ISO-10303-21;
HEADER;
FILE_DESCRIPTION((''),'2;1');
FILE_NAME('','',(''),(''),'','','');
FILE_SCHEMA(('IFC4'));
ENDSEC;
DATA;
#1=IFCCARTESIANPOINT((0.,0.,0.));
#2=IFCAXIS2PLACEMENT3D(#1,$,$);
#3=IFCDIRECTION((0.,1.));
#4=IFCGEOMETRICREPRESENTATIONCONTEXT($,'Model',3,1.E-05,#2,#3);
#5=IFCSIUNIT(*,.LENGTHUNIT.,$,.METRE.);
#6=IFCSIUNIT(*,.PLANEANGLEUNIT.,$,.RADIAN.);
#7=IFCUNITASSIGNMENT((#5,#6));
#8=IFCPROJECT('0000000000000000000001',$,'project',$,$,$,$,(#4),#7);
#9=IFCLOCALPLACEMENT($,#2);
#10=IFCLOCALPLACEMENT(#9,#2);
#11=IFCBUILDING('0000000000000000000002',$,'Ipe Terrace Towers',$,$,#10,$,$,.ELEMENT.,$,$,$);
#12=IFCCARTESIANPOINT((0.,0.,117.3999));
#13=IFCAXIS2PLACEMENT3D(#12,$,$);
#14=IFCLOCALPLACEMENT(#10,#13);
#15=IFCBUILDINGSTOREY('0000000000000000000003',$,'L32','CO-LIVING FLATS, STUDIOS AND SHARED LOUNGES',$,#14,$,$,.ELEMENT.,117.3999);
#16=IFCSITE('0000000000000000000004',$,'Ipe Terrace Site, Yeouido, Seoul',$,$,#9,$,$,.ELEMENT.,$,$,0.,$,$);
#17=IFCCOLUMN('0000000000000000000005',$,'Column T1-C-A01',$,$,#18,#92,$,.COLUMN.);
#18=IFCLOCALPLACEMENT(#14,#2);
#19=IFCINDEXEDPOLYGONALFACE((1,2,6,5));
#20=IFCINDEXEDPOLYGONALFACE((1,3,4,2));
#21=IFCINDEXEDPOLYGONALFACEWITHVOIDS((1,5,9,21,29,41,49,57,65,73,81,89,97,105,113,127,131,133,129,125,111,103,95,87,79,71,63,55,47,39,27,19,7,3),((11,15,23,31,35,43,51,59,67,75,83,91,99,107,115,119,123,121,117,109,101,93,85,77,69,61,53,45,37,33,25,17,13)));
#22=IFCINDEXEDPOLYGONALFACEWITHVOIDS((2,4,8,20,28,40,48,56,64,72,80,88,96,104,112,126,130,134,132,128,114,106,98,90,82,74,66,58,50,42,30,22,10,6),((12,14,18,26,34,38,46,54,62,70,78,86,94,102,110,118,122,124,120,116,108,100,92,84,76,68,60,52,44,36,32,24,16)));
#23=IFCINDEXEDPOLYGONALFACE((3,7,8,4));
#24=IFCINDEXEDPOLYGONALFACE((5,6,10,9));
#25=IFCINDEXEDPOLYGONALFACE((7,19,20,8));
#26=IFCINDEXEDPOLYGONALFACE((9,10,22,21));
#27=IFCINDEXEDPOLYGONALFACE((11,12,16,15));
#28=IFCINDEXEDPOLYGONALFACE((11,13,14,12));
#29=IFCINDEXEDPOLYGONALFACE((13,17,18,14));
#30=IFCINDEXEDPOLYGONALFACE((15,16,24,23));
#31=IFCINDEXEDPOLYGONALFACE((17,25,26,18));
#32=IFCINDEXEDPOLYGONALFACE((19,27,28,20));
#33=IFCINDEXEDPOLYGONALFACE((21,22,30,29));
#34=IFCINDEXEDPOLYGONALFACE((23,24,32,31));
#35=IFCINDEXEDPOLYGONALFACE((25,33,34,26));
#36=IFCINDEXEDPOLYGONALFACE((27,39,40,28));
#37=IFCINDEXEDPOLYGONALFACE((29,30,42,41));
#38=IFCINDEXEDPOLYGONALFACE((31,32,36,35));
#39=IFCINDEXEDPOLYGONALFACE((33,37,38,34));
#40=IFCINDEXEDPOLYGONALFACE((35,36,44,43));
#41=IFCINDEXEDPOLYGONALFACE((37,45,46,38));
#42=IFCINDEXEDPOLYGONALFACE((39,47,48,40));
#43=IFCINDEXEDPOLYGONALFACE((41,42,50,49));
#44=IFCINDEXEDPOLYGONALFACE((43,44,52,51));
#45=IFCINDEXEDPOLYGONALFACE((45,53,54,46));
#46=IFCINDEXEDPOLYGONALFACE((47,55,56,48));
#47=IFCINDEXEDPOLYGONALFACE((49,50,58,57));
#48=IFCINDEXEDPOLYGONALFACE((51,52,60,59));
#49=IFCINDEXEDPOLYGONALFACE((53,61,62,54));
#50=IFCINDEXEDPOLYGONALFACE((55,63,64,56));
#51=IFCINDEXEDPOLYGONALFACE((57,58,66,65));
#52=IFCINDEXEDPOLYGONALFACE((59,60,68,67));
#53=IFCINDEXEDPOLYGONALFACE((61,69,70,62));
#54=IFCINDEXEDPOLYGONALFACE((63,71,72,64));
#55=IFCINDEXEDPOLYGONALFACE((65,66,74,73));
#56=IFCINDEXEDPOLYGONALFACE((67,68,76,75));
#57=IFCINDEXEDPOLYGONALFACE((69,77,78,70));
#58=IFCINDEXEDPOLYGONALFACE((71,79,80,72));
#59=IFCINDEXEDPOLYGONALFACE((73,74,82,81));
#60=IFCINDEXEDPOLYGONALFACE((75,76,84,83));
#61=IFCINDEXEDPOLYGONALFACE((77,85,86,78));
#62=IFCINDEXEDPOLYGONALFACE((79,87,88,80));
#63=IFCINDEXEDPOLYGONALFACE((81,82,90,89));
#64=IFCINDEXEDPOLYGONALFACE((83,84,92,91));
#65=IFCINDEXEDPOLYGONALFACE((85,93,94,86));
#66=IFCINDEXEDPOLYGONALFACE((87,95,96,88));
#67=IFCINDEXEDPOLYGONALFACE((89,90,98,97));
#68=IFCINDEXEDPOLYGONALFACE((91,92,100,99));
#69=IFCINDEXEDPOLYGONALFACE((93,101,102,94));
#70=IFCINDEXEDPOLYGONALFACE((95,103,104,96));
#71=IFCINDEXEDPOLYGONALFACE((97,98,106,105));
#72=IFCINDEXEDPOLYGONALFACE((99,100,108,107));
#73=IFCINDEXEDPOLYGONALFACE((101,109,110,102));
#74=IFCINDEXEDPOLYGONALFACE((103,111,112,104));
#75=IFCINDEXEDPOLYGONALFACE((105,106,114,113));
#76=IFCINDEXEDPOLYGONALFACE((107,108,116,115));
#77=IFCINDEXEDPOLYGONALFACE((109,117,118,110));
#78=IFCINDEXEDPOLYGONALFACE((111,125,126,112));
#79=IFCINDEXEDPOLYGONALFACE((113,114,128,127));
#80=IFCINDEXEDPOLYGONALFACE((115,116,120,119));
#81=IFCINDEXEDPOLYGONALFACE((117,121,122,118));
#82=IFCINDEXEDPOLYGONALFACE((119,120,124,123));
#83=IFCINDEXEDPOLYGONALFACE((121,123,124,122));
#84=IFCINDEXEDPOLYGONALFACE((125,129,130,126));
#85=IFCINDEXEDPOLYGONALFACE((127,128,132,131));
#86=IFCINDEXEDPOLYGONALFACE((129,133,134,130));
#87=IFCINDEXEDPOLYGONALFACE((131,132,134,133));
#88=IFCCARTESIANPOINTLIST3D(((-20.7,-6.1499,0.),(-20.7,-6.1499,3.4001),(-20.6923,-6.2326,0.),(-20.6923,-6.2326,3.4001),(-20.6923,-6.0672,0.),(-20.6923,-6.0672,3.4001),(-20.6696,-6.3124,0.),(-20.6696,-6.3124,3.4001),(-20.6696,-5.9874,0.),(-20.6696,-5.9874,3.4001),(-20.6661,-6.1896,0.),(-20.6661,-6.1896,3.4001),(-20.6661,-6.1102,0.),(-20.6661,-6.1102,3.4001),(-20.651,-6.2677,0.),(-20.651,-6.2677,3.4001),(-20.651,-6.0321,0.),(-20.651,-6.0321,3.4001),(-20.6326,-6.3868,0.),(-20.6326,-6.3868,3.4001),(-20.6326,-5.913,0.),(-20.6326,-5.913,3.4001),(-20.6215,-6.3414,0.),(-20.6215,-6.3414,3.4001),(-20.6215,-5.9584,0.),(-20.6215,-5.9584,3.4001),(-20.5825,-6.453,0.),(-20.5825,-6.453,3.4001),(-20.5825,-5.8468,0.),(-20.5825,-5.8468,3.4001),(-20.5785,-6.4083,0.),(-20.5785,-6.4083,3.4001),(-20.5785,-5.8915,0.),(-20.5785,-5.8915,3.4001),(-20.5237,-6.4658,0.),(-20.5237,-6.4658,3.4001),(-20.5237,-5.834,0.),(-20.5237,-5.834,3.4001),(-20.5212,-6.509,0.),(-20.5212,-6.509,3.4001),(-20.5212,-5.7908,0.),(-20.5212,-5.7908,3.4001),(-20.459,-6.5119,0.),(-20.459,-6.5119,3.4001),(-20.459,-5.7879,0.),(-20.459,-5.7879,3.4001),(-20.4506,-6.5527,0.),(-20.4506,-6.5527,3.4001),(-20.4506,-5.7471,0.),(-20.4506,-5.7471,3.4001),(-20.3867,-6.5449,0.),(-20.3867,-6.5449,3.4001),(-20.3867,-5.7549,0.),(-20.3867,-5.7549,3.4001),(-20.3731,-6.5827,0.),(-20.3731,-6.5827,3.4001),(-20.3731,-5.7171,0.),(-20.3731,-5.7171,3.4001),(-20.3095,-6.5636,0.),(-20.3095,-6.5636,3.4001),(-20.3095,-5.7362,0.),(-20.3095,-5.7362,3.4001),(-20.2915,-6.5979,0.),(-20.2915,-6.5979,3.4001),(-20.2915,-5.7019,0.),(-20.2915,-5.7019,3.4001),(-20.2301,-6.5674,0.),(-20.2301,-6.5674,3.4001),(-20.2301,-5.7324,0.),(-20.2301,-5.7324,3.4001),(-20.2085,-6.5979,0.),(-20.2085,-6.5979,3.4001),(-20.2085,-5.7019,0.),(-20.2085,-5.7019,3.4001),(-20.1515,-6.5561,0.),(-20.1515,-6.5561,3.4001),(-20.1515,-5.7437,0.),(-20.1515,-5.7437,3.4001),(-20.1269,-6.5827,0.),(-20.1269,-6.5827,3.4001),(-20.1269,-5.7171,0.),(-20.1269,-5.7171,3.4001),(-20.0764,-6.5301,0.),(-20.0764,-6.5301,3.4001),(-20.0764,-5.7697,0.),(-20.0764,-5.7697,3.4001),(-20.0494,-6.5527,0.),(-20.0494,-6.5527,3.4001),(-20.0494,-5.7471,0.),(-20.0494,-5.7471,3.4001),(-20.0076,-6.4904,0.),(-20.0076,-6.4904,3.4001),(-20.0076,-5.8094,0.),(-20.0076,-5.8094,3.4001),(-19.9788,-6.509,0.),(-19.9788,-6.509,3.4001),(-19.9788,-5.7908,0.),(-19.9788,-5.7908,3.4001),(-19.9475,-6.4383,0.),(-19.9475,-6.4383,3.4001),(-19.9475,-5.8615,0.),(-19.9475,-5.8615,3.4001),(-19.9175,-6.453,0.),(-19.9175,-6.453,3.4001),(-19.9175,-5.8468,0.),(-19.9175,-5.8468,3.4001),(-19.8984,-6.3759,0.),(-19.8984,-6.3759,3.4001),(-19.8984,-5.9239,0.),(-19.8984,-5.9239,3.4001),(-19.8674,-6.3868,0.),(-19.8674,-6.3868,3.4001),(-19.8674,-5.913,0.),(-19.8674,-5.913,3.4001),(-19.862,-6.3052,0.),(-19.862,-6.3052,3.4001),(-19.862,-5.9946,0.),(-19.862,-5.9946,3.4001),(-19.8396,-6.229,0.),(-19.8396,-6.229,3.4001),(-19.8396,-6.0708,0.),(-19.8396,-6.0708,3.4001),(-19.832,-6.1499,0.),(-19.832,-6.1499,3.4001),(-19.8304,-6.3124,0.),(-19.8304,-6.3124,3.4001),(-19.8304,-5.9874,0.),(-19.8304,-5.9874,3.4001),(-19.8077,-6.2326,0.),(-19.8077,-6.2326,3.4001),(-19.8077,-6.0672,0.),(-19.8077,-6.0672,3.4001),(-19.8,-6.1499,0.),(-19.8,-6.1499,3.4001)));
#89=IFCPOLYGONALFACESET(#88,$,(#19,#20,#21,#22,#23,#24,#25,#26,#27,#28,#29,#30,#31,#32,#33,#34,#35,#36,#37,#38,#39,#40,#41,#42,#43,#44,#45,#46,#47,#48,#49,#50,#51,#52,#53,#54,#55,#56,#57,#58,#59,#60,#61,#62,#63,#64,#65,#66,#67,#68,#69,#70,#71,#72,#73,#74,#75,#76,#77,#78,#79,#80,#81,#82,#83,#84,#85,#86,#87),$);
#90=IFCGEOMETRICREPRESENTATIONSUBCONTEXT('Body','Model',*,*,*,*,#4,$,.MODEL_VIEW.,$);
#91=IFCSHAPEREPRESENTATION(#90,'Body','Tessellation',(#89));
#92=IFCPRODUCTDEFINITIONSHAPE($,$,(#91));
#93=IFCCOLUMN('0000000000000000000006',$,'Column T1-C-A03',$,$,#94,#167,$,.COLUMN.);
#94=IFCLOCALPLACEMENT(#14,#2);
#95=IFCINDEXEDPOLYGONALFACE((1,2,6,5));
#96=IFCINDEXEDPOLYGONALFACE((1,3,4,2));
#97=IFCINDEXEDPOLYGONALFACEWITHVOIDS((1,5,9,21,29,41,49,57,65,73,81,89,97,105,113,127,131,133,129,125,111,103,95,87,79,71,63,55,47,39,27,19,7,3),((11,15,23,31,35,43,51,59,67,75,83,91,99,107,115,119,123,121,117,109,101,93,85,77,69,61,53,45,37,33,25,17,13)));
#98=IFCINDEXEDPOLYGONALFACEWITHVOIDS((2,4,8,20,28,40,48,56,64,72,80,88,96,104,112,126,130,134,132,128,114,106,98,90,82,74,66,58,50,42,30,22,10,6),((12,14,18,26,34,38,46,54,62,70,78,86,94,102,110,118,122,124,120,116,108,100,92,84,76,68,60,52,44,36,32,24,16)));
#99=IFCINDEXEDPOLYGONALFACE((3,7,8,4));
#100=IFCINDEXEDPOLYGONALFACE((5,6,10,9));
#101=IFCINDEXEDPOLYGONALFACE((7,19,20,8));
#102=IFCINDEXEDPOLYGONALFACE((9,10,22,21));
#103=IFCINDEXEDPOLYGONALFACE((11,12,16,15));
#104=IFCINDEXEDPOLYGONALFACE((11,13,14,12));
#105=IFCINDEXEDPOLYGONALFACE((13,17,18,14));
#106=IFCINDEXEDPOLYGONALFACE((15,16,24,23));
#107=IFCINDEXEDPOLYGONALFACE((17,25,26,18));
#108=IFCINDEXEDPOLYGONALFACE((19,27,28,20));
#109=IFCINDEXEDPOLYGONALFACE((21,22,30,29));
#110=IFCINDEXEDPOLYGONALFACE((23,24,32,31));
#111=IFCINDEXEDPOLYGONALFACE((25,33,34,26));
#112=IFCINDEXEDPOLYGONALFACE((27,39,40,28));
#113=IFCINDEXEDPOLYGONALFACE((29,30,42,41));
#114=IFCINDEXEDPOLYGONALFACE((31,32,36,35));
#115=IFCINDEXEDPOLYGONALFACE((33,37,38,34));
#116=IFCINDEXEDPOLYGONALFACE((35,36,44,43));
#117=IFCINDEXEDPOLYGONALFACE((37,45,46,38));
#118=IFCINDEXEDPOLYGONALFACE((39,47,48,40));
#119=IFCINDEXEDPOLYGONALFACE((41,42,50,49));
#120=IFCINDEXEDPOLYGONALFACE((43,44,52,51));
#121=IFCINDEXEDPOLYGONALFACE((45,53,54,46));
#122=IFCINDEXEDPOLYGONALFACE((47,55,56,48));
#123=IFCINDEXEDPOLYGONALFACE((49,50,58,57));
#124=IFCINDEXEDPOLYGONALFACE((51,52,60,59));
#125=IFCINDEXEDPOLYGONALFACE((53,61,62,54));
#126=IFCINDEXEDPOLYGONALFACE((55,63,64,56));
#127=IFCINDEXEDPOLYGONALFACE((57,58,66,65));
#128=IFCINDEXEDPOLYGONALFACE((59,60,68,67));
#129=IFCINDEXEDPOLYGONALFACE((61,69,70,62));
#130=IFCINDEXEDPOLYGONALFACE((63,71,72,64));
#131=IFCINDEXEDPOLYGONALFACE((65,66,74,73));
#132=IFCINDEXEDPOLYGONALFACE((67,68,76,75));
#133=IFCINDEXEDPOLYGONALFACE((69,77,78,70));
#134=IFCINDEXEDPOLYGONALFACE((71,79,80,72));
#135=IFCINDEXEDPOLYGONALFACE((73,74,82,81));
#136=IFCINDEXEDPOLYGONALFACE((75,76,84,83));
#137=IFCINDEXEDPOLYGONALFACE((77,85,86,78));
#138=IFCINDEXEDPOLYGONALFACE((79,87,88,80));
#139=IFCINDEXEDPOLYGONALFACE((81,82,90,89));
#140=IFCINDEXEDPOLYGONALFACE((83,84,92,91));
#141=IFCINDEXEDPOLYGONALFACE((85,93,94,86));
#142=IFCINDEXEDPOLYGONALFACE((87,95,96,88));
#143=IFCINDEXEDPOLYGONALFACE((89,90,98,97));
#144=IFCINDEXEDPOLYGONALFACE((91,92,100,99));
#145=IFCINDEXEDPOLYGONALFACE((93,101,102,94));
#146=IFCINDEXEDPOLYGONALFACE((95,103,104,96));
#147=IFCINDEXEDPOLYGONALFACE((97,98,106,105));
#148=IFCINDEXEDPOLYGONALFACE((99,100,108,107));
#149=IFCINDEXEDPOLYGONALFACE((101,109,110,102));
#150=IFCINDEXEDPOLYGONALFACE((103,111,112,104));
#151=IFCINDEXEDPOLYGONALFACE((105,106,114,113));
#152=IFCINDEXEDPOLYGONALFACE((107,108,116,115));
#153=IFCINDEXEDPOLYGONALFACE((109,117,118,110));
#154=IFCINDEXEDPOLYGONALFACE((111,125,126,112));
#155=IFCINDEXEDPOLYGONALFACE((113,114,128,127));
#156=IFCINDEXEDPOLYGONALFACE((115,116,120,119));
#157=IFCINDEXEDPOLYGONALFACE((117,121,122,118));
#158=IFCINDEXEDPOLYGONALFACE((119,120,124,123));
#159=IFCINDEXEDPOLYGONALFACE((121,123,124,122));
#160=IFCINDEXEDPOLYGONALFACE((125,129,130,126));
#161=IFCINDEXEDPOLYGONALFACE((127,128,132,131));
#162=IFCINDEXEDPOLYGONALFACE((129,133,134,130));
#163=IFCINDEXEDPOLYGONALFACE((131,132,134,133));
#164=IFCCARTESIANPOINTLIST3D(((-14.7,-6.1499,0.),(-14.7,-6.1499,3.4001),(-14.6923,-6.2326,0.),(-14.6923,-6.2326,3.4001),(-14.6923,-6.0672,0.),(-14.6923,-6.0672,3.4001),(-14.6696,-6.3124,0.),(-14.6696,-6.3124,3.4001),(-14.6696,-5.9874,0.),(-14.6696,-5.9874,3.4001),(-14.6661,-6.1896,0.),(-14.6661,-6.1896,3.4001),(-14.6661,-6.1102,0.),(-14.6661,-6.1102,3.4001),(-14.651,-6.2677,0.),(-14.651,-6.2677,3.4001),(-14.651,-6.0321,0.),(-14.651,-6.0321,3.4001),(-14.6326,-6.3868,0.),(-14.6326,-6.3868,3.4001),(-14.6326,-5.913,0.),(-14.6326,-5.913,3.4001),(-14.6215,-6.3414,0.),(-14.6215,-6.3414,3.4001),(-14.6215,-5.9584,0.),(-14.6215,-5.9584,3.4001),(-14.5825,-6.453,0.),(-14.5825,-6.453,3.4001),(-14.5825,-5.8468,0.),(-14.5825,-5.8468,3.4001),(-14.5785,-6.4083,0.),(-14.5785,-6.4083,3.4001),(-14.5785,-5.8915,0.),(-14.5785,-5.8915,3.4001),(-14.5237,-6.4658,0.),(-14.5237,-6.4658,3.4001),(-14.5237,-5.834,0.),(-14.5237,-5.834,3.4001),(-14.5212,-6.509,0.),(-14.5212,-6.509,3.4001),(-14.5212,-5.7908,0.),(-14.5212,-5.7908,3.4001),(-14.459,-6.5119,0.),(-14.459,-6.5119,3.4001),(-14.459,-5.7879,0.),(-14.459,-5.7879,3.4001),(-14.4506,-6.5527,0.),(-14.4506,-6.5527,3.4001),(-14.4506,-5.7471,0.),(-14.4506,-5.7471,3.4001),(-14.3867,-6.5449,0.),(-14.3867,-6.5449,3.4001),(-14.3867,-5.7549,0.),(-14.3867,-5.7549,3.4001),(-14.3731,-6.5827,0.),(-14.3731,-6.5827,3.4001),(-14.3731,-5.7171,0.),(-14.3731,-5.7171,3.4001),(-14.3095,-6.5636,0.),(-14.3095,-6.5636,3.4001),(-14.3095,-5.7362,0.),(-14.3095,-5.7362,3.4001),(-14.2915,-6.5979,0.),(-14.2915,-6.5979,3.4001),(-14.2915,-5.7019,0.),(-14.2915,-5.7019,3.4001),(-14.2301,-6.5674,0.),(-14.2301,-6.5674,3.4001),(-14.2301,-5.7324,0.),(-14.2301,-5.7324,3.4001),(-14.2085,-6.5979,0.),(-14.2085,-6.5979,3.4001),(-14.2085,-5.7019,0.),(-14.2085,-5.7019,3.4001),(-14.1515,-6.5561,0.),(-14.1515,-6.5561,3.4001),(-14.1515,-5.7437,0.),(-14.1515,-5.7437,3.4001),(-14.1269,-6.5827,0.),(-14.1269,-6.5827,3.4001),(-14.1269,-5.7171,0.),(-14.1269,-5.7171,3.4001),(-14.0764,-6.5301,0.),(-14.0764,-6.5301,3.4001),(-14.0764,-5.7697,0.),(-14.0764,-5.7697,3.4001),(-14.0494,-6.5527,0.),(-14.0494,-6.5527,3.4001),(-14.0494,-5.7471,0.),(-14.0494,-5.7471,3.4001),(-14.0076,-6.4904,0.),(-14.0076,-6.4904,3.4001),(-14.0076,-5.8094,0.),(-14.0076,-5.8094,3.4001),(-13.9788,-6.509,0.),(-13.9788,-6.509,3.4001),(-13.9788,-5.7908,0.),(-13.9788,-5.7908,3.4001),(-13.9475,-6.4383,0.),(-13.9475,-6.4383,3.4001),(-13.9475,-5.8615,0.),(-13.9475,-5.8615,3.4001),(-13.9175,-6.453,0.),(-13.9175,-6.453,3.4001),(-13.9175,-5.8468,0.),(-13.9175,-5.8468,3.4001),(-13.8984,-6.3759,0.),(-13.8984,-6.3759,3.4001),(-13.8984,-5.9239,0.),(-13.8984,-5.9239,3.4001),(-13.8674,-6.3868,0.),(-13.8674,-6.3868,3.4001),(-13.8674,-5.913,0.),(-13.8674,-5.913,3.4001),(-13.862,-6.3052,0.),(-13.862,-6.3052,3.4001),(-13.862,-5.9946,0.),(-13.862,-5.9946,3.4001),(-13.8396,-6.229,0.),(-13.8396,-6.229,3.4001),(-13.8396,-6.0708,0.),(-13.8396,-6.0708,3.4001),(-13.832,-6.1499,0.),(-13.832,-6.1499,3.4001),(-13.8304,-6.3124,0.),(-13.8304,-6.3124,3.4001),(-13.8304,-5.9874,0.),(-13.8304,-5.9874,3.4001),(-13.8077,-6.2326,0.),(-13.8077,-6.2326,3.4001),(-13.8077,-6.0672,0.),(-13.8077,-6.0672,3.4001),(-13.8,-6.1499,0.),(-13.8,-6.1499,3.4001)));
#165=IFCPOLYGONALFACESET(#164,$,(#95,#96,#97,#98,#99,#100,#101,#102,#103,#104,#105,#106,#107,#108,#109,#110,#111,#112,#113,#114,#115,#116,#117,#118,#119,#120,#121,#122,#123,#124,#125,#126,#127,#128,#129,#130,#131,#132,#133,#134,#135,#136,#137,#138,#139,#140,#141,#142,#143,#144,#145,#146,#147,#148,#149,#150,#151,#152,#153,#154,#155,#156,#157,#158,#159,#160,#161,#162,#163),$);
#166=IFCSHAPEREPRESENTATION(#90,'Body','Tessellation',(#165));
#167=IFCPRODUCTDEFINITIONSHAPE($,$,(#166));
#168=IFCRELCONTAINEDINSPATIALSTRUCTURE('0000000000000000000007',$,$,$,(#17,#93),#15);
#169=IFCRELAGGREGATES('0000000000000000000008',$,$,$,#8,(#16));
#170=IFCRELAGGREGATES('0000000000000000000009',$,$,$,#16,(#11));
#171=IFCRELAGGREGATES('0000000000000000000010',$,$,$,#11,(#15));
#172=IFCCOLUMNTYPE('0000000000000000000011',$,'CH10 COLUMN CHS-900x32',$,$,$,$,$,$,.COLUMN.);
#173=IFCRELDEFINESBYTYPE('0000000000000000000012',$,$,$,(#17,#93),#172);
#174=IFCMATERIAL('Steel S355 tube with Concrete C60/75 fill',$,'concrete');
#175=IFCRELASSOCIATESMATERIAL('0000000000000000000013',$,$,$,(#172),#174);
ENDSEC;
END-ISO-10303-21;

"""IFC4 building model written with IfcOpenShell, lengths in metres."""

from ifc_helpers import new_model, si_unit, direction, frame, origin, origin_2d, place, context, subcontext, project, spatial, hollow_circle, extrude, material, material_profile, profile_set, type_object, element, save


model = new_model("IFC4")

# Units and contexts
model_context = context("Model", 3, precision=1e-05, world=origin(), true_north=direction((0.0, 1.0)))
body_context = subcontext(model_context, "Body", "Model", "MODEL_VIEW")
ifc_project = project(units=[si_unit("LENGTHUNIT", "METRE"), si_unit("PLANEANGLEUNIT", "RADIAN")], contexts=[model_context])

# Site, building, storey
site_placement = place(None, origin())
site = spatial("IfcSite", under=ifc_project, at=site_placement, Name="Ipe Terrace Site, Yeouido, Seoul", CompositionType="ELEMENT", RefElevation=0.0)
building_placement = place(site_placement, origin())
building = spatial("IfcBuilding", under=site, at=building_placement, Name="Ipe Terrace Towers", CompositionType="ELEMENT")
storey_placement = place(building_placement, frame((0.0, 0.0, 117.3999)))
storey = spatial("IfcBuildingStorey", under=building, at=storey_placement, Name="L32", Description="CO-LIVING FLATS, STUDIOS AND SHARED LOUNGES", CompositionType="ELEMENT", Elevation=117.3999)

# Columns
ifc_material_1 = material(Name="Steel S355 tube with Concrete C60/75 fill", Category="concrete")
ifc_material_profile_1 = material_profile(ifc_material_1, hollow_circle(Radius=0.45, WallThickness=0.032, at=origin_2d()), Name="CHS-900x32")
ifc_profile_set_1 = profile_set([ifc_material_profile_1], Name="Steel S355 tube with Concrete C60/75 fill")
column_type = type_object("IfcColumnType", Name="CH10 COLUMN CHS-900x32", PredefinedType="COLUMN", material=ifc_profile_set_1)
for number, where, z_axis, x_axis, name in (
    (1, (-20.25, -6.1499, 0.0), (0.0, 0.0, 1.0), (1.0, 0.0, 0.0), "Column T1-C-A01"),
    (2, (-14.25, -6.1499, 0.0), (0.0, 0.0, 1.0), (1.0, 0.0, 0.0), "Column T1-C-A03"),
):
    element("IfcColumn", number, at=place(storey_placement, frame(where, z_axis=z_axis, x_axis=x_axis)), inside=storey, type_object=column_type, Name=name, PredefinedType="COLUMN", context=body_context, shape_type="SweptSolid", body=[
        extrude(hollow_circle(Radius=0.45, WallThickness=0.032, at=origin_2d()), origin(), (0.0, 0.0, 1.0), 3.4001),
    ])

save(model, "model.ifc")
